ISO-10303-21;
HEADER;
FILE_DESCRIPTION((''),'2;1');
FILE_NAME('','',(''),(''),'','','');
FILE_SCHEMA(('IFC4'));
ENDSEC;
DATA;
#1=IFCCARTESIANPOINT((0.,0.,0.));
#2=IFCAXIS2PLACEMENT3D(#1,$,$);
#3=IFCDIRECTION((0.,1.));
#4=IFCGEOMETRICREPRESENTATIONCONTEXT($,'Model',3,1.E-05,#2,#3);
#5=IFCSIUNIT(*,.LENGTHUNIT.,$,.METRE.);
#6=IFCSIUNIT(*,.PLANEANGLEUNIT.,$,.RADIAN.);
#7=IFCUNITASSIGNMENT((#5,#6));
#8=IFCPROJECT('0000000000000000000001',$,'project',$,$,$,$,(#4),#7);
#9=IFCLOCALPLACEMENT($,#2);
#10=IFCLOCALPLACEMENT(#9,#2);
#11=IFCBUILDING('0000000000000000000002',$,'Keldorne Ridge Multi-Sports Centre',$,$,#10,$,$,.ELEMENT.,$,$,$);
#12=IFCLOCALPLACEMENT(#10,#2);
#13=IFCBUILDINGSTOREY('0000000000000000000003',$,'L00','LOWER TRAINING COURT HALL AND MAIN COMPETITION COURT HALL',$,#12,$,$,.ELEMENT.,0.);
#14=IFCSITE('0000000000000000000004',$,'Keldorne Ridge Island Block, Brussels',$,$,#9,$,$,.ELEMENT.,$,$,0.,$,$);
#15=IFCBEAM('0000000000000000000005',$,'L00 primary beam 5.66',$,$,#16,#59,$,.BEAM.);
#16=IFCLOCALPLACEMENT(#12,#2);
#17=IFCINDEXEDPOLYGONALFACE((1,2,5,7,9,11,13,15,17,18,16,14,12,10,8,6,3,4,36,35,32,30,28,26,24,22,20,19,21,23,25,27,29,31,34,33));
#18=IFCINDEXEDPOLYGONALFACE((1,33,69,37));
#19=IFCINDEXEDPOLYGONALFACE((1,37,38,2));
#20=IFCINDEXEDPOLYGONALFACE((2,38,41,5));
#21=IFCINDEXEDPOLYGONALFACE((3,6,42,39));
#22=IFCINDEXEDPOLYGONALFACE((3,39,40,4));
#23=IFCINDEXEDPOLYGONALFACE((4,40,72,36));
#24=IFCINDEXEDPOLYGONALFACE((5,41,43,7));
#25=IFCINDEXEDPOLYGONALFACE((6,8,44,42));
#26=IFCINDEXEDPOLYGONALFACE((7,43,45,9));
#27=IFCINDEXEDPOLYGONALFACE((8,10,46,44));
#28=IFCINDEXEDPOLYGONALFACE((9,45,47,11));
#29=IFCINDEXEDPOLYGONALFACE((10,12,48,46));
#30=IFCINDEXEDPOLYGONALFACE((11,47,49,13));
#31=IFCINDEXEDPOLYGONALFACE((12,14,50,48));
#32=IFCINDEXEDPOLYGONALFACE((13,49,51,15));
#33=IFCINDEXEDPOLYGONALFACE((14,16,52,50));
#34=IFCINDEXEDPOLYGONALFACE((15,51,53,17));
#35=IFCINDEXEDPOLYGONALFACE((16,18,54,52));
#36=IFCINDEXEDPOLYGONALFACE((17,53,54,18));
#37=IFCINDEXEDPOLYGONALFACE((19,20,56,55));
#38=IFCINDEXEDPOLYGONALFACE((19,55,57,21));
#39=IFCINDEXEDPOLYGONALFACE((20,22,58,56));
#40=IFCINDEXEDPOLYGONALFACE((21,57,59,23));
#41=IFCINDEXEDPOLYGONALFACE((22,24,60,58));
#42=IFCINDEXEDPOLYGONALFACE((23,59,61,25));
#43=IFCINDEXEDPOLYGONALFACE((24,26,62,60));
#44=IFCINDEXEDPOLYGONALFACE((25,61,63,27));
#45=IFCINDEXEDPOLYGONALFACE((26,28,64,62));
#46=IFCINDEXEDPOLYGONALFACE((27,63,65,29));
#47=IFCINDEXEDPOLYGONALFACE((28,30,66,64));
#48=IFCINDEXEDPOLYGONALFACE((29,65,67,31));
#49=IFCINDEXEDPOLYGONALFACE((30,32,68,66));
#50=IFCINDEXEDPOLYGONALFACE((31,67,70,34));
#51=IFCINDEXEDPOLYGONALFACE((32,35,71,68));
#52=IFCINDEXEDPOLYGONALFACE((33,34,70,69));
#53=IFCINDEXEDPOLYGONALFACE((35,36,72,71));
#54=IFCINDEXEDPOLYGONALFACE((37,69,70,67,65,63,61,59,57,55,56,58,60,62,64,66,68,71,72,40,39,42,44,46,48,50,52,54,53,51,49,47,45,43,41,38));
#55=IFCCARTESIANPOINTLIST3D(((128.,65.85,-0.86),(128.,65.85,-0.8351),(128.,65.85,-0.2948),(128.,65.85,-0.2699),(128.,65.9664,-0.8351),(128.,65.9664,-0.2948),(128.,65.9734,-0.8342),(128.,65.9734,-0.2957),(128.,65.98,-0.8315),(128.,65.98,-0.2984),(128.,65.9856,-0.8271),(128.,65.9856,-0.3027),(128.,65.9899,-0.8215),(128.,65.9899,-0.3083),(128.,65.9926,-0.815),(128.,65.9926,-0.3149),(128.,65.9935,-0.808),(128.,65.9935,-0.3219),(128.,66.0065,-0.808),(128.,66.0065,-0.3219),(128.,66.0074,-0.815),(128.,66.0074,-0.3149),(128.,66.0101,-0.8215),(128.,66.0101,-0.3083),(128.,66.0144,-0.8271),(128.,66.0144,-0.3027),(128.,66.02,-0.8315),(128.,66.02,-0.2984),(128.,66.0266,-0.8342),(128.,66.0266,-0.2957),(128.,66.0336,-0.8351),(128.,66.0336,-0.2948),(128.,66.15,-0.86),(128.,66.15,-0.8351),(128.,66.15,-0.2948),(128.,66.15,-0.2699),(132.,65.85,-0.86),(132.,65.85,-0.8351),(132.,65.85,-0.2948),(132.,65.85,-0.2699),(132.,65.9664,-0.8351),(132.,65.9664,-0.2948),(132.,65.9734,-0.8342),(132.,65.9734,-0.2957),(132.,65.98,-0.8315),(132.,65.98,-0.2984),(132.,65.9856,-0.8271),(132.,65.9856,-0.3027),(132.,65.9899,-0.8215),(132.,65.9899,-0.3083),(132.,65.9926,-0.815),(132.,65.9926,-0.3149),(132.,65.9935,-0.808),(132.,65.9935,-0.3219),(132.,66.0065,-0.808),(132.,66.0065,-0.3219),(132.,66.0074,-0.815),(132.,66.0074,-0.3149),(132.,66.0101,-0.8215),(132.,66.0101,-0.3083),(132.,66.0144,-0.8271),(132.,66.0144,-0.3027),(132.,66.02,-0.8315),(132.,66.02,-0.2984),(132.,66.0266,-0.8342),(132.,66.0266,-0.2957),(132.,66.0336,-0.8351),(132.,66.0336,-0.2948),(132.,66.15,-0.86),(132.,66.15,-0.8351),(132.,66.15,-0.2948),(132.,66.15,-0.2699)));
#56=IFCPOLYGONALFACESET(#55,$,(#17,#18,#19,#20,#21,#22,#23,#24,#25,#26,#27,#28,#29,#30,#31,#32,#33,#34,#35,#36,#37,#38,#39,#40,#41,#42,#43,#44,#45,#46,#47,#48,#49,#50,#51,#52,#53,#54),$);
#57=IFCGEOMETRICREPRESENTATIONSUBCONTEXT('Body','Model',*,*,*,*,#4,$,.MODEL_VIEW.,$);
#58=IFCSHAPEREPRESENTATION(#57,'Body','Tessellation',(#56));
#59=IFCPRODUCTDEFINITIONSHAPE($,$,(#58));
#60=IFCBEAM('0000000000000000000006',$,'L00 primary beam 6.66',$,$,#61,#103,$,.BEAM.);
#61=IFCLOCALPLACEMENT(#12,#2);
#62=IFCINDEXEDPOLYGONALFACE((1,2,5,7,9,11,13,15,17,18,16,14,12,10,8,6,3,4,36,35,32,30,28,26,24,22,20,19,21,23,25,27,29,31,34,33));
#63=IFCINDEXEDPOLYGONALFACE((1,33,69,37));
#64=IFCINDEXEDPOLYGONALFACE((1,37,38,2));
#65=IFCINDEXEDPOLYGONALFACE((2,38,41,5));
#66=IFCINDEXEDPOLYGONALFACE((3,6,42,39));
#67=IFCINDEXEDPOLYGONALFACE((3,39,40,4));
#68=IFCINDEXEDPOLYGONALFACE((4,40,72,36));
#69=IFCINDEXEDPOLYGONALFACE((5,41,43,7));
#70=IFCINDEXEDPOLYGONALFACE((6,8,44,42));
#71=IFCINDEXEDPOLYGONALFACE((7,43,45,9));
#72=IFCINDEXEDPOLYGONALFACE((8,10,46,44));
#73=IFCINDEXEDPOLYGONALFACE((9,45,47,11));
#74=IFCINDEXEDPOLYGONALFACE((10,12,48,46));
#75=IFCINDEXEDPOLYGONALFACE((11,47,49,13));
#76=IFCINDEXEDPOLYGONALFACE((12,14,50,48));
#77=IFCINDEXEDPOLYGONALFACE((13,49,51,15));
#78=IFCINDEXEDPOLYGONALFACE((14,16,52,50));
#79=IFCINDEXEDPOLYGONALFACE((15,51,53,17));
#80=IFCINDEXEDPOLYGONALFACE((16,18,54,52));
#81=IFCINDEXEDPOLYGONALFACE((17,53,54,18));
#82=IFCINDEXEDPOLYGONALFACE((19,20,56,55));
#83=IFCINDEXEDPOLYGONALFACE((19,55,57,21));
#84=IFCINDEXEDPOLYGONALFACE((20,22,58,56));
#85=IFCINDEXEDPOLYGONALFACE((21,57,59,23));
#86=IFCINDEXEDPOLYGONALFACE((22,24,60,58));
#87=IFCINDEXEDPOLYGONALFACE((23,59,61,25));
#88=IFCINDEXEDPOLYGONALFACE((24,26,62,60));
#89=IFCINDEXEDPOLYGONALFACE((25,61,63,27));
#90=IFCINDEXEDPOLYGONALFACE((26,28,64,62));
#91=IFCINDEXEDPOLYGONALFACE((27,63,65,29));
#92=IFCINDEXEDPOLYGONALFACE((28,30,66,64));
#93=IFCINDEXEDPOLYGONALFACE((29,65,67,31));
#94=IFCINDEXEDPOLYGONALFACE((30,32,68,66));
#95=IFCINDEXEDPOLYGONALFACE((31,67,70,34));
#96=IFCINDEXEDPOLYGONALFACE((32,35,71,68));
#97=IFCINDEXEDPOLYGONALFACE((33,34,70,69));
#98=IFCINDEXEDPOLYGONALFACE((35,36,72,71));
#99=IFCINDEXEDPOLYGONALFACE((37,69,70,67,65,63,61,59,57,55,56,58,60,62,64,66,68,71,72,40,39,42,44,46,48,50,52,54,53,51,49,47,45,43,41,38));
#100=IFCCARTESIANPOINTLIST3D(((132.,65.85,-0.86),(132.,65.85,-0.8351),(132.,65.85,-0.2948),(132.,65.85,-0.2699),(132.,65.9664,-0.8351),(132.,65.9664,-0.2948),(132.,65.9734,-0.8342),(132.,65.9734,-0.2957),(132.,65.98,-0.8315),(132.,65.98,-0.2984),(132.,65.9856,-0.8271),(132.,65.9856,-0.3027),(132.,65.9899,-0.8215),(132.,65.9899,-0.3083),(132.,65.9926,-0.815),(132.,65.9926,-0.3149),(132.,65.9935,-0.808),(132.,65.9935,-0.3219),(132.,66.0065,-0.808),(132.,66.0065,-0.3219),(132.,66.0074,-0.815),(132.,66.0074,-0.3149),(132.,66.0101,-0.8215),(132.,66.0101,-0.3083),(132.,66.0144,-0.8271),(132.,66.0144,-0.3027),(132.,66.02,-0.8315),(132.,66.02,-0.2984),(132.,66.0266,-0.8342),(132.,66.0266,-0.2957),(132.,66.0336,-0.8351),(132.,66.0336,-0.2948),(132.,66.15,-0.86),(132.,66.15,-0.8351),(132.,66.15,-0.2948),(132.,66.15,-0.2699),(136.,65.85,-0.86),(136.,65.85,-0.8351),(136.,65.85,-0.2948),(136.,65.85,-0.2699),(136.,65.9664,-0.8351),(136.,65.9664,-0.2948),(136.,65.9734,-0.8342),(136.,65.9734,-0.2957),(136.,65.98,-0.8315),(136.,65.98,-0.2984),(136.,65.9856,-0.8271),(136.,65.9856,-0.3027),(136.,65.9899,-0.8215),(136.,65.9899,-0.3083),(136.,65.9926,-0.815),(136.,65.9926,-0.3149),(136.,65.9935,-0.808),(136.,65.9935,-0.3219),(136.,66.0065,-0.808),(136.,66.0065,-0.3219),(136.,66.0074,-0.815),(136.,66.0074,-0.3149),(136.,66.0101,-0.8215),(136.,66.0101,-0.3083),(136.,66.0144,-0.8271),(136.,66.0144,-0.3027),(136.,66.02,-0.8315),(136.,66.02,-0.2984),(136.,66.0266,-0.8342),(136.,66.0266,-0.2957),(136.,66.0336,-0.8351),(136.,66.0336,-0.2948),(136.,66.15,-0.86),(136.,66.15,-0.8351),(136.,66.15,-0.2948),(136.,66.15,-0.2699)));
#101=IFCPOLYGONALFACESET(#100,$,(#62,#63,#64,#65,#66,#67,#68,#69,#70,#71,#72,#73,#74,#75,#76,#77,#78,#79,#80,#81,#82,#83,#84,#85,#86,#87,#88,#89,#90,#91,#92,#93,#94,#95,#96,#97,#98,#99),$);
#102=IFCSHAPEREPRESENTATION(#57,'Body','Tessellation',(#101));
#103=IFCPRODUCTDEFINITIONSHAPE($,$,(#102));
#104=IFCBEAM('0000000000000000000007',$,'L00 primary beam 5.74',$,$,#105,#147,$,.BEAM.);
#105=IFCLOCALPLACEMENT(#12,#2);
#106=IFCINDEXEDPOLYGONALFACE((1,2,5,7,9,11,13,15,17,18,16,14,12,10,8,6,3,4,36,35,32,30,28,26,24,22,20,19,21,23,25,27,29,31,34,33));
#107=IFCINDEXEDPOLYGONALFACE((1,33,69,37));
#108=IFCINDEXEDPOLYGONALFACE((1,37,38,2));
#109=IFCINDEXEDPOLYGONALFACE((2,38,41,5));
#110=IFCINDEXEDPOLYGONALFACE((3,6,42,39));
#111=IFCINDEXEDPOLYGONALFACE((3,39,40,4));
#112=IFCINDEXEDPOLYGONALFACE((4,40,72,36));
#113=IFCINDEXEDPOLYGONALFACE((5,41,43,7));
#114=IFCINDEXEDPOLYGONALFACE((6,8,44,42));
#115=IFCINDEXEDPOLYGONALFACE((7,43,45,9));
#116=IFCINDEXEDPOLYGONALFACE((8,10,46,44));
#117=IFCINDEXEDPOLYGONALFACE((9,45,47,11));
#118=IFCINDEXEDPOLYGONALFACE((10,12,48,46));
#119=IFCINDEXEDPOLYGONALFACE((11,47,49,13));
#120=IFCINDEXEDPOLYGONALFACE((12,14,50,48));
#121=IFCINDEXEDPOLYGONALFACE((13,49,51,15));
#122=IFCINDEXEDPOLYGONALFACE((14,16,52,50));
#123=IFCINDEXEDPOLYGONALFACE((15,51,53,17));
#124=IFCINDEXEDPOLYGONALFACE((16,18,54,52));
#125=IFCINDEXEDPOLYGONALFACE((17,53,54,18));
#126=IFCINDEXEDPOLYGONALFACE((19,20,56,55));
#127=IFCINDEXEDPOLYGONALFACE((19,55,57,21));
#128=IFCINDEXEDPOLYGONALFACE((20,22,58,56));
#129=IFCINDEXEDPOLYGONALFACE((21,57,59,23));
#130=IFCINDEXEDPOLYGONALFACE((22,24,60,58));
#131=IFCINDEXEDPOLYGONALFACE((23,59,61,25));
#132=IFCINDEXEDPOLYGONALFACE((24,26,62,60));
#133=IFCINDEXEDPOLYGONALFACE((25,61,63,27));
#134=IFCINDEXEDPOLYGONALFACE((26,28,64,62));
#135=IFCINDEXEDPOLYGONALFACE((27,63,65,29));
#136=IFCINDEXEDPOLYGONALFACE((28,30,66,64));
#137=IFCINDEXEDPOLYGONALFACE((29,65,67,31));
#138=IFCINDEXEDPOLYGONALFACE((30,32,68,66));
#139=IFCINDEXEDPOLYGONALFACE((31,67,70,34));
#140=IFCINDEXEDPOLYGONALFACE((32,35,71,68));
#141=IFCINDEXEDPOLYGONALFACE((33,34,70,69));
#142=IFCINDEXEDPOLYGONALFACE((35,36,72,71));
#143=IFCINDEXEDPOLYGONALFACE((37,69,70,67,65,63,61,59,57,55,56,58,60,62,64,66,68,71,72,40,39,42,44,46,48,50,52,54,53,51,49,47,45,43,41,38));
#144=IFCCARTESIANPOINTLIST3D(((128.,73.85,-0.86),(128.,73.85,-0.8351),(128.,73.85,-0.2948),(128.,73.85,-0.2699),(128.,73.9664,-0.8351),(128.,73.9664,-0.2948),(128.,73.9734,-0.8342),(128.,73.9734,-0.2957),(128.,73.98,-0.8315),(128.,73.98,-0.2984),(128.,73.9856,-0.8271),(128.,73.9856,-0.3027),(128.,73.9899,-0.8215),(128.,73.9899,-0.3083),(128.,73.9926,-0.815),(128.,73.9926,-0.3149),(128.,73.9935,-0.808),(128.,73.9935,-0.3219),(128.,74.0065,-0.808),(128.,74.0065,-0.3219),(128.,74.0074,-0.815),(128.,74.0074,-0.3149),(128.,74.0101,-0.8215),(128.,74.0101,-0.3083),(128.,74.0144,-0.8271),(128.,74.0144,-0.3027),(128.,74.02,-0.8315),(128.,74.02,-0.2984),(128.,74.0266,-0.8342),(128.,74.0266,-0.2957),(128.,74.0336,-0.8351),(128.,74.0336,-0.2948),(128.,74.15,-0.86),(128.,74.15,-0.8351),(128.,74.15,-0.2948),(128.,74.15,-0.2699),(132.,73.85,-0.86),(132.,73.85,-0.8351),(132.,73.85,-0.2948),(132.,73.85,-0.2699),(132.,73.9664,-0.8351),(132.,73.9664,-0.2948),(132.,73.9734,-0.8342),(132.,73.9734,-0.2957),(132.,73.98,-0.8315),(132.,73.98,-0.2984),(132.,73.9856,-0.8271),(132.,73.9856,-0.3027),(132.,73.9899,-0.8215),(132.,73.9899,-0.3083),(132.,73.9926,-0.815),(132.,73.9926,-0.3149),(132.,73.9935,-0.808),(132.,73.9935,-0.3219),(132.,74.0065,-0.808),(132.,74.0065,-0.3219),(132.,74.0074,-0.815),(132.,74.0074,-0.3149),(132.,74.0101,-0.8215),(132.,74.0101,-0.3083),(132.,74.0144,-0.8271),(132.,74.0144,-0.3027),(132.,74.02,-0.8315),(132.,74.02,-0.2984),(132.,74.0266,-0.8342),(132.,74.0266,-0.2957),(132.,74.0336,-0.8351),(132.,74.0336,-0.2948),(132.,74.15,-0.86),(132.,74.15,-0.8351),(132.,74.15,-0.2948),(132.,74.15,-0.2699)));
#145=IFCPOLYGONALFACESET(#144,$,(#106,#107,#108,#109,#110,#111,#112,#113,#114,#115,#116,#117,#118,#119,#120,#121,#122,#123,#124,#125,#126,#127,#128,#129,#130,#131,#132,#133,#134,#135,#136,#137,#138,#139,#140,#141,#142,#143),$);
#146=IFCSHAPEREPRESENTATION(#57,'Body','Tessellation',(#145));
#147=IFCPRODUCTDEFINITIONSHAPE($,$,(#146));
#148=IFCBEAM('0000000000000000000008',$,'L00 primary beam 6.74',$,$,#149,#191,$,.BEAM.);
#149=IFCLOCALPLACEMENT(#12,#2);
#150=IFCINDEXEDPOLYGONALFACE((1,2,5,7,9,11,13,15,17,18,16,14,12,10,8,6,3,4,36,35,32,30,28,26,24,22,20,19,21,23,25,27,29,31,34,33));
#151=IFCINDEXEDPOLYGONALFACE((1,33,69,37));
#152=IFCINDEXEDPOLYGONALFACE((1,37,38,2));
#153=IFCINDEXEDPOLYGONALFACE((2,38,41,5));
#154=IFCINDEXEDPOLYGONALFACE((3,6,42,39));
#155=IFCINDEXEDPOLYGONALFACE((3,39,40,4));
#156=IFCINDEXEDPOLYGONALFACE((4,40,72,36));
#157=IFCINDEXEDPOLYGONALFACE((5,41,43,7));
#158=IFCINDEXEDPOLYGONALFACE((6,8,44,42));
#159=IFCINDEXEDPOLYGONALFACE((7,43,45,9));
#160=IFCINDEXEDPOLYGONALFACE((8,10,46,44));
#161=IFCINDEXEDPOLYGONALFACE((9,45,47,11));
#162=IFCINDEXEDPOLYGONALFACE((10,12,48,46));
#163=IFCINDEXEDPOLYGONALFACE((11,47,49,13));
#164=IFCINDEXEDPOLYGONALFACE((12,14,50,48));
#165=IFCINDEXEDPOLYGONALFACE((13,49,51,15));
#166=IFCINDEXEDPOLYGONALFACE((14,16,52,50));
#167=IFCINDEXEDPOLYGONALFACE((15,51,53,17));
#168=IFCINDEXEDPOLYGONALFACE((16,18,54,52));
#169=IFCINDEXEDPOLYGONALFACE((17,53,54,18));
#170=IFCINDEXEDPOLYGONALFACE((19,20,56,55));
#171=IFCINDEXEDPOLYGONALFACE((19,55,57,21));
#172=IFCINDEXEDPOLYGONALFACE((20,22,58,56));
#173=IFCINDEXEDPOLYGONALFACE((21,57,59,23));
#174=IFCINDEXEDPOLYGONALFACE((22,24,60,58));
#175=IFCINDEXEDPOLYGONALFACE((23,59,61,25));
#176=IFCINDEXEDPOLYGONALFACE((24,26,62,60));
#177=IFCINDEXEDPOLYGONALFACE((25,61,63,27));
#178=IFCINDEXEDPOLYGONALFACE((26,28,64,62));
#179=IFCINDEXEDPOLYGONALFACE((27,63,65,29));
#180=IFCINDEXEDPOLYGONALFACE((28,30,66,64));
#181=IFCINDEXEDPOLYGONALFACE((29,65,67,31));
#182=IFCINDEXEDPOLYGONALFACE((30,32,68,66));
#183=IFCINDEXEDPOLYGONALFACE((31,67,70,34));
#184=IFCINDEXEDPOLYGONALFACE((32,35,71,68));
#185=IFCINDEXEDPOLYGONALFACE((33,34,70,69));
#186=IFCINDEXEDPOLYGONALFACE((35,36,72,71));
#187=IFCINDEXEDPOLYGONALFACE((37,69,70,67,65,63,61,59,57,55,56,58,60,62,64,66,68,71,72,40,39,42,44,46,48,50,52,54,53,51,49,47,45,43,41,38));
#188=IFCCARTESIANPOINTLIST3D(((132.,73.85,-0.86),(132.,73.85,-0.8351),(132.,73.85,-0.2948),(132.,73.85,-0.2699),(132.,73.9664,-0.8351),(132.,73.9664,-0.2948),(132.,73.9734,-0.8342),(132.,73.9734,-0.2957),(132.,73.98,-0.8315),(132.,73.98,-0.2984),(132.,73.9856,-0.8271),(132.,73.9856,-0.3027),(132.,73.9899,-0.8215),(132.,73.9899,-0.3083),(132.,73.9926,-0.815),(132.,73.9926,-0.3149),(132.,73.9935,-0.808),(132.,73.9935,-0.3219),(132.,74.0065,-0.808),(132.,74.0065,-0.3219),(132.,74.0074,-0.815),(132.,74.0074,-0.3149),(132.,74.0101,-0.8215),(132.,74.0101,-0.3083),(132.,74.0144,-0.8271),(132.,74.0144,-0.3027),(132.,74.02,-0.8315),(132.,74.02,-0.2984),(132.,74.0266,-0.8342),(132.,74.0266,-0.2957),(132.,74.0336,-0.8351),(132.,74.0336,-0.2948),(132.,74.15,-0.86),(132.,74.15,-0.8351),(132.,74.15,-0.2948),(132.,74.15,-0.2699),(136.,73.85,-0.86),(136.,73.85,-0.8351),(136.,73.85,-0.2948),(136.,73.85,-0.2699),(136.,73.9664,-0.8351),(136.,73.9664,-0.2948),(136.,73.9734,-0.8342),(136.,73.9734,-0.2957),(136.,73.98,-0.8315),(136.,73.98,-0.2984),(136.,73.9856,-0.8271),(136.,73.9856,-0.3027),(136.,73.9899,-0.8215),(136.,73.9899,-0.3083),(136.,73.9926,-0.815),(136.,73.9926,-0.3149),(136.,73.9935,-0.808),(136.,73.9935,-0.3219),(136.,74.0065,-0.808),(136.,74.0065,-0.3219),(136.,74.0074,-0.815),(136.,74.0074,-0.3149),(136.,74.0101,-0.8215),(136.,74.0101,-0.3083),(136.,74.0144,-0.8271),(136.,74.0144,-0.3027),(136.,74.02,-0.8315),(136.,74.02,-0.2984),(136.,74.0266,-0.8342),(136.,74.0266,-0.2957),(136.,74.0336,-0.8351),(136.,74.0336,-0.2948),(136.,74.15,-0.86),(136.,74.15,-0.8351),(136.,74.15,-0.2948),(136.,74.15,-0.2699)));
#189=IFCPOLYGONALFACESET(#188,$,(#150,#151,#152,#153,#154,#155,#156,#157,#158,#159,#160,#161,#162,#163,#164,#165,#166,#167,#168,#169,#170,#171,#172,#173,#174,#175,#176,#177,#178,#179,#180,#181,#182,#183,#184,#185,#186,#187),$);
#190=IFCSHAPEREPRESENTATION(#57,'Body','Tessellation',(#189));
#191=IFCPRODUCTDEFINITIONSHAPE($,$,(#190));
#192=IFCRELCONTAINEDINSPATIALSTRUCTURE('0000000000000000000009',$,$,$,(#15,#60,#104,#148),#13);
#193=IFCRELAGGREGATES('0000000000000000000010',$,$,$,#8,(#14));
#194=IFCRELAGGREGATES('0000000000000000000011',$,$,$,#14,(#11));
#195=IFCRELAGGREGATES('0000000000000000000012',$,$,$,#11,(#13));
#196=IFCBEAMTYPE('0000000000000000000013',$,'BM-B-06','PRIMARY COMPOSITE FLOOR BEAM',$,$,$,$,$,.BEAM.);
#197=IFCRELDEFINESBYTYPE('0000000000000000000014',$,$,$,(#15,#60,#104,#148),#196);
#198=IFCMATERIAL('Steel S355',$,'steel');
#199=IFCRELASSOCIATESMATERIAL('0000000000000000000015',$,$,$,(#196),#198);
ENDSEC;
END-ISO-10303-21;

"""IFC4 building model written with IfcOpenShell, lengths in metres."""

from ifc_helpers import new_model, si_unit, direction, frame, origin, origin_2d, place, context, subcontext, project, spatial, i_section, extrude, material, material_profile, profile_set, type_object, element, save


model = new_model("IFC4")

# Units and contexts
model_context = context("Model", 3, precision=1e-05, world=origin(), true_north=direction((0.0, 1.0)))
body_context = subcontext(model_context, "Body", "Model", "MODEL_VIEW")
ifc_project = project(units=[si_unit("LENGTHUNIT", "METRE"), si_unit("PLANEANGLEUNIT", "RADIAN")], contexts=[model_context])

# Site, building, storey
site_placement = place(None, origin())
site = spatial("IfcSite", under=ifc_project, at=site_placement, Name="Keldorne Ridge Island Block, Brussels", CompositionType="ELEMENT", RefElevation=0.0)
building_placement = place(site_placement, origin())
building = spatial("IfcBuilding", under=site, at=building_placement, Name="Keldorne Ridge Multi-Sports Centre", CompositionType="ELEMENT")
storey_placement = place(building_placement, origin())
storey = spatial("IfcBuildingStorey", under=building, at=storey_placement, Name="L00", Description="LOWER TRAINING COURT HALL AND MAIN COMPETITION COURT HALL", CompositionType="ELEMENT", Elevation=0.0)

# Shared definitions
ifc_material_1 = material(Name="Steel S355", Category="steel")

# Beams
ifc_material_profile_1 = material_profile(ifc_material_1, i_section(OverallWidth=0.3, OverallDepth=0.5901, WebThickness=0.0129, FlangeThickness=0.0249, FilletRadius=0.0271, at=origin_2d()), Name="HEA 600")
ifc_profile_set_1 = profile_set([ifc_material_profile_1], Name="Steel S355")
beam_type_1 = type_object("IfcBeamType", Name="BM-B-06", Description="PRIMARY COMPOSITE FLOOR BEAM", PredefinedType="BEAM", material=ifc_profile_set_1)
for number, where, z_axis, x_axis, name in (
    (1, (128.0, 66.0, -0.5649), (1.0, 0.0, 0.0), (0.0, 1.0, 0.0), "L00 primary beam 5.66"),
    (2, (132.0, 66.0, -0.5649), (1.0, 0.0, 0.0), (0.0, 1.0, 0.0), "L00 primary beam 6.66"),
    (3, (128.0, 74.0, -0.5649), (1.0, 0.0, 0.0), (0.0, 1.0, 0.0), "L00 primary beam 5.74"),
    (4, (132.0, 74.0, -0.5649), (1.0, 0.0, 0.0), (0.0, 1.0, 0.0), "L00 primary beam 6.74"),
):
    element("IfcBeam", number, at=place(storey_placement, frame(where, z_axis=z_axis, x_axis=x_axis)), inside=storey, type_object=beam_type_1, Name=name, PredefinedType="BEAM", context=body_context, shape_type="SweptSolid", body=[
        extrude(i_section(OverallWidth=0.3, OverallDepth=0.5901, WebThickness=0.0129, FlangeThickness=0.0249, FilletRadius=0.0271, at=origin_2d()), origin(), (0.0, 0.0, 1.0), 4.0),
    ])

save(model, "model.ifc")
